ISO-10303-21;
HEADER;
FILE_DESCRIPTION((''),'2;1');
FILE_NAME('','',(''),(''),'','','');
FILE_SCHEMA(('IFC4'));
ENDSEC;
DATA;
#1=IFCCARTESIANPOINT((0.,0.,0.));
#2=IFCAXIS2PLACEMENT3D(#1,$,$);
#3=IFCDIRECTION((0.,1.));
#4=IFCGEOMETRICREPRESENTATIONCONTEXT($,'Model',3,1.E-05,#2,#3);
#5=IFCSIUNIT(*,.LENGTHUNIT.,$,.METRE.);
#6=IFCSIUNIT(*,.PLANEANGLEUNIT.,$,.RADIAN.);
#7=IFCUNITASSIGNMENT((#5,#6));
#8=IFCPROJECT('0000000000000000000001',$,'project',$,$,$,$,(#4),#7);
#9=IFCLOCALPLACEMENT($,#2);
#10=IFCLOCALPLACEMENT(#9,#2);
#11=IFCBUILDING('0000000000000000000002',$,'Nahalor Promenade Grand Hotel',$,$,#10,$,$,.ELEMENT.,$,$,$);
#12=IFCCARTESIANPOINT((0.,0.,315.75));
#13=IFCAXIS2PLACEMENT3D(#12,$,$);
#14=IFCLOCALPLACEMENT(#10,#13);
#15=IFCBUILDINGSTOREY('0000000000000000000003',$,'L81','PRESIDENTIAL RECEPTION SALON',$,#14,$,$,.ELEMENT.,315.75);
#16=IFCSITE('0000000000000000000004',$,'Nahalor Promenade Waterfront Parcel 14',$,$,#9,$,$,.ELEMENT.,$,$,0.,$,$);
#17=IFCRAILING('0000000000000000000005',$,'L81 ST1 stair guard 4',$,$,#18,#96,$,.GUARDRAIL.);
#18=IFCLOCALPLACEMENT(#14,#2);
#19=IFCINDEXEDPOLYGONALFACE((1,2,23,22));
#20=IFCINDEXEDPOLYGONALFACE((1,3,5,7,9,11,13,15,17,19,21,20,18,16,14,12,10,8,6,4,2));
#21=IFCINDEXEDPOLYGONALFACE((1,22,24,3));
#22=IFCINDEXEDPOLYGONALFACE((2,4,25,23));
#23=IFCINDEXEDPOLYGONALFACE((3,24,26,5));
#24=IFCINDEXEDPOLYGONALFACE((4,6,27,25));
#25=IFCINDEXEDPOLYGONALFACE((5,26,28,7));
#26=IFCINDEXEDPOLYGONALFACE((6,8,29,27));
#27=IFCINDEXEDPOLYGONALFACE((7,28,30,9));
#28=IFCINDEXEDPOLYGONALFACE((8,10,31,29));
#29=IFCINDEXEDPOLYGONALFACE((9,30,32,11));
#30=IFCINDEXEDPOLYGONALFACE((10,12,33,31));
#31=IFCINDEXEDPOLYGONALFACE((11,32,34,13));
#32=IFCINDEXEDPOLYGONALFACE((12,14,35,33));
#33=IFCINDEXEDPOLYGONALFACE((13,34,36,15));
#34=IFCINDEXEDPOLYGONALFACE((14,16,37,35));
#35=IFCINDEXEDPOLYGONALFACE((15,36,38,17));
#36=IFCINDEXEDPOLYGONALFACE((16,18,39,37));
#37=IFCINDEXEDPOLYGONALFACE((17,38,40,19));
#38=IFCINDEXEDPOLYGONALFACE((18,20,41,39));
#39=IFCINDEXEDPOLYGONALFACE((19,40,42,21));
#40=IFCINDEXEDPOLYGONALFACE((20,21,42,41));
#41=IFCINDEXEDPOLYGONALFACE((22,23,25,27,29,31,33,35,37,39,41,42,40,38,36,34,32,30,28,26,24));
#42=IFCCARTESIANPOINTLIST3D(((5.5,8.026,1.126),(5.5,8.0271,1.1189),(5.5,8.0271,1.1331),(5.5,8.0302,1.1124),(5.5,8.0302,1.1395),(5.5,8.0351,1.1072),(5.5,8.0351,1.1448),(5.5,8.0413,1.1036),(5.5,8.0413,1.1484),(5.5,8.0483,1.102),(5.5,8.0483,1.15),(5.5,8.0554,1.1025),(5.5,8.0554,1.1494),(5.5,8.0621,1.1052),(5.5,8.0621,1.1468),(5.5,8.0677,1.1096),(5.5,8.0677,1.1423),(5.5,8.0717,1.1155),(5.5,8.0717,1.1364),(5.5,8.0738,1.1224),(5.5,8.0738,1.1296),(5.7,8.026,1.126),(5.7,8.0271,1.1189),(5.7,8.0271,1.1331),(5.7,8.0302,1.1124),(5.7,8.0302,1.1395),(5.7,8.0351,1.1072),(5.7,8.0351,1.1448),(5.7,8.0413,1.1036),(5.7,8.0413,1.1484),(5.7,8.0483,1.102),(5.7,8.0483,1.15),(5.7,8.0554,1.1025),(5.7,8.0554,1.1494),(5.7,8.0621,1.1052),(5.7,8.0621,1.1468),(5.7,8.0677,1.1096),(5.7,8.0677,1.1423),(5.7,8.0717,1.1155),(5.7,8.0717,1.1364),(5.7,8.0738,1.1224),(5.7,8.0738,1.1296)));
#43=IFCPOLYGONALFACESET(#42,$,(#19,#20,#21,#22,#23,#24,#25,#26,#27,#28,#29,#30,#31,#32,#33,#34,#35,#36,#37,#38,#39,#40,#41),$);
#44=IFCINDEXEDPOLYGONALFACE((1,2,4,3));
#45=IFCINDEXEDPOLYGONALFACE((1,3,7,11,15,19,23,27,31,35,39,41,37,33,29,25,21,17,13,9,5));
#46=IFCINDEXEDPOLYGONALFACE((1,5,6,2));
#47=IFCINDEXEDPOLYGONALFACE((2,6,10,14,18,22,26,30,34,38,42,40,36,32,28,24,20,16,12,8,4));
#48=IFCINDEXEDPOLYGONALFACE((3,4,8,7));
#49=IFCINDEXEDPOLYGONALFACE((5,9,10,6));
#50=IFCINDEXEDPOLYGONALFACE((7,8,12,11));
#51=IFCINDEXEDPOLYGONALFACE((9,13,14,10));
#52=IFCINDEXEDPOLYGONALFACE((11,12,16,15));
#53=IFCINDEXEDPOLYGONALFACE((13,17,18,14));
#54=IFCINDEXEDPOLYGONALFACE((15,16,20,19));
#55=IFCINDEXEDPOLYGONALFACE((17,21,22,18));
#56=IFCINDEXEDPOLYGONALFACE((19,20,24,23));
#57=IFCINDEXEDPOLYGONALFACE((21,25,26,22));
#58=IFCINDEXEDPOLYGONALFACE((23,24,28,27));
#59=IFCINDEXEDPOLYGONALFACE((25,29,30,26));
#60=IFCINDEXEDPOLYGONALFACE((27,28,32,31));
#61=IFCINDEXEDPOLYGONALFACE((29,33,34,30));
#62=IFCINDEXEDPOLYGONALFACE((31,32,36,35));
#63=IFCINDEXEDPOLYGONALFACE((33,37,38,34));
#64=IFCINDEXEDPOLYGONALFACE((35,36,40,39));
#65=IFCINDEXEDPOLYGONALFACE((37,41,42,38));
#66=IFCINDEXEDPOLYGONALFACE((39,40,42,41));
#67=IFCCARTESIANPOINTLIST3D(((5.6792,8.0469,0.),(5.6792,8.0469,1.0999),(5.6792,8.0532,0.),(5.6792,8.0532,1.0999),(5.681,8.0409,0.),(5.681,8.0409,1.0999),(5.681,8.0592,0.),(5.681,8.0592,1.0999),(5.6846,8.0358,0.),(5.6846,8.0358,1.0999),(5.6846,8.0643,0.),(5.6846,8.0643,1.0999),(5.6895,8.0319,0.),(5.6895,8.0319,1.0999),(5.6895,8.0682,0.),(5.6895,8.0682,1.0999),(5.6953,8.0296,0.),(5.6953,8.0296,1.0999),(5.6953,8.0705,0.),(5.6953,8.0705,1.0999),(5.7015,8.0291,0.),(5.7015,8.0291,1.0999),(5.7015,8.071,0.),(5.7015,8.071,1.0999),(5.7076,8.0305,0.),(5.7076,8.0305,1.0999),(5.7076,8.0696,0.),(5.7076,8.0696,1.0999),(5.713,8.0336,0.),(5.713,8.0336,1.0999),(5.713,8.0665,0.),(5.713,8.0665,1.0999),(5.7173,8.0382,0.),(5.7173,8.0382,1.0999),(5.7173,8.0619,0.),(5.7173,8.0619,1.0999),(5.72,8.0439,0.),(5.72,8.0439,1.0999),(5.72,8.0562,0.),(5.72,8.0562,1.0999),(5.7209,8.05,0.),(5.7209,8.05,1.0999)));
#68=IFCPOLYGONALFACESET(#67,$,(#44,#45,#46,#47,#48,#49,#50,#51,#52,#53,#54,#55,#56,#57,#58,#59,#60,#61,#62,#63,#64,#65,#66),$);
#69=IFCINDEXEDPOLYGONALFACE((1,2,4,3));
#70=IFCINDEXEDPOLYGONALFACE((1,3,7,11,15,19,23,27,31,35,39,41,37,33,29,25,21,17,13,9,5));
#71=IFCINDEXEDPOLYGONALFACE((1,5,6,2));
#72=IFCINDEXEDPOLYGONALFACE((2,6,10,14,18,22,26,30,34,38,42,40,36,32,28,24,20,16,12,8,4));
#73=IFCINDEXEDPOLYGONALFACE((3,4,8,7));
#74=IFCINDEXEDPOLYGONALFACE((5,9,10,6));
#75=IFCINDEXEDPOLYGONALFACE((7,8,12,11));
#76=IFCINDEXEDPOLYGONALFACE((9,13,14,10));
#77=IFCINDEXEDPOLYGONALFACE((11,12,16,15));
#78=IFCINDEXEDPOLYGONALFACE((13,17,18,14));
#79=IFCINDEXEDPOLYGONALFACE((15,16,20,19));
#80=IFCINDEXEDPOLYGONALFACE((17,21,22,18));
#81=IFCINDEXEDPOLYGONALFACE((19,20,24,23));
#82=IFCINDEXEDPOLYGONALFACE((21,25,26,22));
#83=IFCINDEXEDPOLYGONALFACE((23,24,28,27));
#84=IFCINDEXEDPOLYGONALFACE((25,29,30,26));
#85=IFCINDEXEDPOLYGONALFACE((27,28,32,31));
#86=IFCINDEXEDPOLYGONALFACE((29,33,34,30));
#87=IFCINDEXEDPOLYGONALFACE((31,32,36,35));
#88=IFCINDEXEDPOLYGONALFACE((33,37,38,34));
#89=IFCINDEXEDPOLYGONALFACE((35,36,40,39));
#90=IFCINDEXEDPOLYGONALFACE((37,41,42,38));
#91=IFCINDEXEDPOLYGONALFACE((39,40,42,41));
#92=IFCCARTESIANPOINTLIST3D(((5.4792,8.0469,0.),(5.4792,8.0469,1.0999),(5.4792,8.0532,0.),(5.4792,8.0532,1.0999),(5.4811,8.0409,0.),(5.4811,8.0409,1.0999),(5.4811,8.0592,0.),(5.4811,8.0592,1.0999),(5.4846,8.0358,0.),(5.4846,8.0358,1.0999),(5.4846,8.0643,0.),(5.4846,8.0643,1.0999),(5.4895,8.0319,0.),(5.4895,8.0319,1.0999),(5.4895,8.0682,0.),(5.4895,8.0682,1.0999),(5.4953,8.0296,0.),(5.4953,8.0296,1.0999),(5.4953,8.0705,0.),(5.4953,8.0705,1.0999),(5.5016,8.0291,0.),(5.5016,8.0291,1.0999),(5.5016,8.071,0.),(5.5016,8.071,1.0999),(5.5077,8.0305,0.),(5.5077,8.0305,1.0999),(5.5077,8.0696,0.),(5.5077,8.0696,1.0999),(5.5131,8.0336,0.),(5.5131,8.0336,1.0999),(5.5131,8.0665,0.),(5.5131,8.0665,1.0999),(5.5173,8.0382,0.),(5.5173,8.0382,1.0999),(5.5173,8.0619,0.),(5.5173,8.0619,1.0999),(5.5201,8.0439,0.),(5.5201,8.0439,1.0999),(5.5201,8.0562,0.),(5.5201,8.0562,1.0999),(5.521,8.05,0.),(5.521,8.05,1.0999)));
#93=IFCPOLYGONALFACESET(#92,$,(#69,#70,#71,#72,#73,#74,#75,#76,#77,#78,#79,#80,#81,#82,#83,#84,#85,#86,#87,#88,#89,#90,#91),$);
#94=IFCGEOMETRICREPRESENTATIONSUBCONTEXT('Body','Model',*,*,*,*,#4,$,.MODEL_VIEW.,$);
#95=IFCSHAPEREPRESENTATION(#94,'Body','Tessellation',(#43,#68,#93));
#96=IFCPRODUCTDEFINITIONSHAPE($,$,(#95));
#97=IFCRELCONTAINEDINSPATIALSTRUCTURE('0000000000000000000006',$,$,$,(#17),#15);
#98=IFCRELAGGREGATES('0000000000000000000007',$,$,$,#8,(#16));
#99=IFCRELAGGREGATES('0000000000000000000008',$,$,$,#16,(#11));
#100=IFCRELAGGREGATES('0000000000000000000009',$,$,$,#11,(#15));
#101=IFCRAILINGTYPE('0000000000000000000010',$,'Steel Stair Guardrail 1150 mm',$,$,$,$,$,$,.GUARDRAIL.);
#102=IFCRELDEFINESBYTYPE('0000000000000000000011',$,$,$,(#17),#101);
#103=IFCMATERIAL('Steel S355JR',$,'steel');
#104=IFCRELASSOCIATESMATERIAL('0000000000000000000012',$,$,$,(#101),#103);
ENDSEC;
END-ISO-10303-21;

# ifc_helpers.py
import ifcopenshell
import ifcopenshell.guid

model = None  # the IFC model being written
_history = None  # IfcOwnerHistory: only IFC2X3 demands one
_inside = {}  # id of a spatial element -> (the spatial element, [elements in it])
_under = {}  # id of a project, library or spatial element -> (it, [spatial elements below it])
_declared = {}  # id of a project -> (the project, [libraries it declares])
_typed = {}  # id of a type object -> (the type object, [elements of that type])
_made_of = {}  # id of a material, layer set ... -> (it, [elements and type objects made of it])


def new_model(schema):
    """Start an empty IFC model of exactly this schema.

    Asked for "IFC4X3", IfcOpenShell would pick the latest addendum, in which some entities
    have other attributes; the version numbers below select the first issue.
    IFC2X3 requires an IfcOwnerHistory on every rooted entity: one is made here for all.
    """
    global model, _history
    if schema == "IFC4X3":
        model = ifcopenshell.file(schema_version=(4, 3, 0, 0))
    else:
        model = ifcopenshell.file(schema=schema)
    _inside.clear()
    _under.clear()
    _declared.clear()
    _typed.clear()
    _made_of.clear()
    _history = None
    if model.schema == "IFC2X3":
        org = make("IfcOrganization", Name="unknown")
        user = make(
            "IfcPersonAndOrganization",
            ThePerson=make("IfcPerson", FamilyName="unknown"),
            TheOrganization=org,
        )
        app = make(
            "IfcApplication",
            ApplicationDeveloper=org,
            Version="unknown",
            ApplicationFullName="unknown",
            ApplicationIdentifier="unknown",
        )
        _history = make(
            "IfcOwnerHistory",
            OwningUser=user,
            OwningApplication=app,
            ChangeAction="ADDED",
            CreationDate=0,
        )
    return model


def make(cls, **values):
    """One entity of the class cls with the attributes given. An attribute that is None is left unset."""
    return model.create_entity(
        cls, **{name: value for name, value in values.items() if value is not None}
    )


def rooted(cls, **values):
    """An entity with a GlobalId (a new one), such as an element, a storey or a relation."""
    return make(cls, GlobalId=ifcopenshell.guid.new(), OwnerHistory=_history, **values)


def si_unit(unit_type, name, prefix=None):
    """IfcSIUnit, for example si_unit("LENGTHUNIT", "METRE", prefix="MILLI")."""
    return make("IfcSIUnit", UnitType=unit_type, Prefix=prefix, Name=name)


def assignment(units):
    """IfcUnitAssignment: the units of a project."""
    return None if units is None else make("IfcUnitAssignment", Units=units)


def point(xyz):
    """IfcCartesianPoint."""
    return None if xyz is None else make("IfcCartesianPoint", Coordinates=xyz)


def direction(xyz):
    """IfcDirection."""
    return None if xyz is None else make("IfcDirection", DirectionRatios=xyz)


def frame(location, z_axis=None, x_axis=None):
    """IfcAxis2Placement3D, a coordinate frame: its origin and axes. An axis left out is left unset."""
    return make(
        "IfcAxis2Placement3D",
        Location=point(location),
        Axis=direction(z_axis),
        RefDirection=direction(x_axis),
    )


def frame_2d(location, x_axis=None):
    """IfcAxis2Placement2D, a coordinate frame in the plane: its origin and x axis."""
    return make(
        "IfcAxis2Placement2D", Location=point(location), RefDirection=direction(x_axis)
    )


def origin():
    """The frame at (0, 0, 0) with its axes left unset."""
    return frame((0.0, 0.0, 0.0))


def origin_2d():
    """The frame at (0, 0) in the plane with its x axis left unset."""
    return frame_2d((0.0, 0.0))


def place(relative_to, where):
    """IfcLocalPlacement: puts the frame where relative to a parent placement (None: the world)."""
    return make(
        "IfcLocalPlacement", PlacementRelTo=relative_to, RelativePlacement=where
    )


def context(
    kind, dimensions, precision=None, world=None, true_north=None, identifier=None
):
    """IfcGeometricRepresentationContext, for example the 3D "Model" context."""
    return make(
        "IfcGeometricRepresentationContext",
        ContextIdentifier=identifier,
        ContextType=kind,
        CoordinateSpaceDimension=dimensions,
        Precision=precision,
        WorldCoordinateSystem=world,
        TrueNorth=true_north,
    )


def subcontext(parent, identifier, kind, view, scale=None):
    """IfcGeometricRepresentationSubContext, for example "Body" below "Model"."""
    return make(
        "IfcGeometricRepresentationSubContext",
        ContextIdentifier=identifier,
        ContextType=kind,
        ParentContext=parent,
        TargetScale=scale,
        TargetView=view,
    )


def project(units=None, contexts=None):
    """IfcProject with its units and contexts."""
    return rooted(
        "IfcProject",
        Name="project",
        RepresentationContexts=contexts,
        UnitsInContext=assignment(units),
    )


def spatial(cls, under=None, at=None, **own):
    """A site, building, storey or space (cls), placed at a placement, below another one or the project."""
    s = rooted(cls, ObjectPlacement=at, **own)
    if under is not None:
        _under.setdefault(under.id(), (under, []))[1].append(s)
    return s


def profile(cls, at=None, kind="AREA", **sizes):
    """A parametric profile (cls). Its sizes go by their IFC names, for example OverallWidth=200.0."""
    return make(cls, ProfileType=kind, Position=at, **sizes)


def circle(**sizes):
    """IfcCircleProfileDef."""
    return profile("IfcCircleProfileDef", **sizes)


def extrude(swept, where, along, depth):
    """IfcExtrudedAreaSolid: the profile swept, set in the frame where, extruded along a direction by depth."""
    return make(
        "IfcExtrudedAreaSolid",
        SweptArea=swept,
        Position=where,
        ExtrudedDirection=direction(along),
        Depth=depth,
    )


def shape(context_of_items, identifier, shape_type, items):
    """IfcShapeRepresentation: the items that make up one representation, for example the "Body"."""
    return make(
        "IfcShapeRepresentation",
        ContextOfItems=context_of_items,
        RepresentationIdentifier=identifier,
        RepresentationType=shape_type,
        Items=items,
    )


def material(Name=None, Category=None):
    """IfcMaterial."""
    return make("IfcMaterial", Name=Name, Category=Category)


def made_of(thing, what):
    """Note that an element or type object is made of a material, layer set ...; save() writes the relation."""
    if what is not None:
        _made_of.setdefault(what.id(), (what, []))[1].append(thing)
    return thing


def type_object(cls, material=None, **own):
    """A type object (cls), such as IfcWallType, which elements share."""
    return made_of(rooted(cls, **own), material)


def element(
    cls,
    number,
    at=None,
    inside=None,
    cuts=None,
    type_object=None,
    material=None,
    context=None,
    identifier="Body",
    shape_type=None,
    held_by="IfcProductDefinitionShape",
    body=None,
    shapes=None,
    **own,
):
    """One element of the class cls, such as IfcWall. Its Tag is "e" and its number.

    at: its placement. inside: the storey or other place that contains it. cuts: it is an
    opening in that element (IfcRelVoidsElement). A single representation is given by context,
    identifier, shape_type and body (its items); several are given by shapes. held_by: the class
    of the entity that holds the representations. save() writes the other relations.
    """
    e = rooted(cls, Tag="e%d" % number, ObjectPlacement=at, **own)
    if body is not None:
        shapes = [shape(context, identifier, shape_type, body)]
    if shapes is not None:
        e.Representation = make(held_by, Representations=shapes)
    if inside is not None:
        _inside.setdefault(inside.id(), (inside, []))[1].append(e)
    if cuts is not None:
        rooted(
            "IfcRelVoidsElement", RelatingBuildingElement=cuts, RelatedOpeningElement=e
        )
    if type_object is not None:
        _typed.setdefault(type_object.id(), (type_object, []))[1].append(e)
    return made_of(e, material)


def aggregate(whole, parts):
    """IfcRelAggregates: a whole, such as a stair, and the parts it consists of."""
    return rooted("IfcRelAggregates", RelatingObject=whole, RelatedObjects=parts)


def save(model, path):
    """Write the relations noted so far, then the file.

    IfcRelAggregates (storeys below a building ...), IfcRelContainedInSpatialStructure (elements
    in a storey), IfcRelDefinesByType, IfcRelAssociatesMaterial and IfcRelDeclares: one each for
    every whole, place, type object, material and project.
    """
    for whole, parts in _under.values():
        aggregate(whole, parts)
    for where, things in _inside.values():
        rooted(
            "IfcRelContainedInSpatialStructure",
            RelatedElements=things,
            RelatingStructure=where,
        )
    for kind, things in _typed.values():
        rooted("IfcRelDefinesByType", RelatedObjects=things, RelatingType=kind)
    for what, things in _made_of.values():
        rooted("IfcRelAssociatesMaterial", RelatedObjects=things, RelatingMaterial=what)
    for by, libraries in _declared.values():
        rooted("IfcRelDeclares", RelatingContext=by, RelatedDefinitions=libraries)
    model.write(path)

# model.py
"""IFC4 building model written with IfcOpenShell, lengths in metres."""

from ifc_helpers import new_model, si_unit, direction, frame, origin, origin_2d, place, context, subcontext, project, spatial, circle, extrude, material, type_object, element, save


model = new_model("IFC4")

# Units and contexts
model_context = context("Model", 3, precision=1e-05, world=origin(), true_north=direction((0.0, 1.0)))
body_context = subcontext(model_context, "Body", "Model", "MODEL_VIEW")
ifc_project = project(units=[si_unit("LENGTHUNIT", "METRE"), si_unit("PLANEANGLEUNIT", "RADIAN")], contexts=[model_context])

# Site, building, storey
site_placement = place(None, origin())
site = spatial("IfcSite", under=ifc_project, at=site_placement, Name="Nahalor Promenade Waterfront Parcel 14", CompositionType="ELEMENT", RefElevation=0.0)
building_placement = place(site_placement, origin())
building = spatial("IfcBuilding", under=site, at=building_placement, Name="Nahalor Promenade Grand Hotel", CompositionType="ELEMENT")
storey_placement = place(building_placement, frame((0.0, 0.0, 315.75)))
storey = spatial("IfcBuildingStorey", under=building, at=storey_placement, Name="L81", Description="PRESIDENTIAL RECEPTION SALON", CompositionType="ELEMENT", Elevation=315.75)

# Shared definitions
ifc_material_1 = material(Name="Steel S355JR", Category="steel")

# Railing
railing_type_1 = type_object("IfcRailingType", Name="Steel Stair Guardrail 1150 mm", PredefinedType="GUARDRAIL", material=ifc_material_1)
railing_1_placement = place(storey_placement, frame((5.7, 8.05, 0.0)))
element("IfcRailing", 1, at=railing_1_placement, inside=storey, type_object=railing_type_1, Name="L81 ST1 stair guard 4", PredefinedType="GUARDRAIL", context=body_context, shape_type="SweptSolid", body=[
    extrude(circle(Radius=0.024, at=origin_2d()), frame((0.0, 0.0, 1.126), z_axis=(-1.0, 0.0, 0.0), x_axis=(0.0, -1.0, 0.0)), (0.0, 0.0, 1.0), 0.2),
    extrude(circle(Radius=0.021, at=origin_2d()), origin(), (0.0, 0.0, 1.0), 1.0999),
    extrude(circle(Radius=0.021, at=origin_2d()), frame((-0.2, 0.0, 0.0)), (0.0, 0.0, 1.0), 1.0999),
])

save(model, "model.ifc")
